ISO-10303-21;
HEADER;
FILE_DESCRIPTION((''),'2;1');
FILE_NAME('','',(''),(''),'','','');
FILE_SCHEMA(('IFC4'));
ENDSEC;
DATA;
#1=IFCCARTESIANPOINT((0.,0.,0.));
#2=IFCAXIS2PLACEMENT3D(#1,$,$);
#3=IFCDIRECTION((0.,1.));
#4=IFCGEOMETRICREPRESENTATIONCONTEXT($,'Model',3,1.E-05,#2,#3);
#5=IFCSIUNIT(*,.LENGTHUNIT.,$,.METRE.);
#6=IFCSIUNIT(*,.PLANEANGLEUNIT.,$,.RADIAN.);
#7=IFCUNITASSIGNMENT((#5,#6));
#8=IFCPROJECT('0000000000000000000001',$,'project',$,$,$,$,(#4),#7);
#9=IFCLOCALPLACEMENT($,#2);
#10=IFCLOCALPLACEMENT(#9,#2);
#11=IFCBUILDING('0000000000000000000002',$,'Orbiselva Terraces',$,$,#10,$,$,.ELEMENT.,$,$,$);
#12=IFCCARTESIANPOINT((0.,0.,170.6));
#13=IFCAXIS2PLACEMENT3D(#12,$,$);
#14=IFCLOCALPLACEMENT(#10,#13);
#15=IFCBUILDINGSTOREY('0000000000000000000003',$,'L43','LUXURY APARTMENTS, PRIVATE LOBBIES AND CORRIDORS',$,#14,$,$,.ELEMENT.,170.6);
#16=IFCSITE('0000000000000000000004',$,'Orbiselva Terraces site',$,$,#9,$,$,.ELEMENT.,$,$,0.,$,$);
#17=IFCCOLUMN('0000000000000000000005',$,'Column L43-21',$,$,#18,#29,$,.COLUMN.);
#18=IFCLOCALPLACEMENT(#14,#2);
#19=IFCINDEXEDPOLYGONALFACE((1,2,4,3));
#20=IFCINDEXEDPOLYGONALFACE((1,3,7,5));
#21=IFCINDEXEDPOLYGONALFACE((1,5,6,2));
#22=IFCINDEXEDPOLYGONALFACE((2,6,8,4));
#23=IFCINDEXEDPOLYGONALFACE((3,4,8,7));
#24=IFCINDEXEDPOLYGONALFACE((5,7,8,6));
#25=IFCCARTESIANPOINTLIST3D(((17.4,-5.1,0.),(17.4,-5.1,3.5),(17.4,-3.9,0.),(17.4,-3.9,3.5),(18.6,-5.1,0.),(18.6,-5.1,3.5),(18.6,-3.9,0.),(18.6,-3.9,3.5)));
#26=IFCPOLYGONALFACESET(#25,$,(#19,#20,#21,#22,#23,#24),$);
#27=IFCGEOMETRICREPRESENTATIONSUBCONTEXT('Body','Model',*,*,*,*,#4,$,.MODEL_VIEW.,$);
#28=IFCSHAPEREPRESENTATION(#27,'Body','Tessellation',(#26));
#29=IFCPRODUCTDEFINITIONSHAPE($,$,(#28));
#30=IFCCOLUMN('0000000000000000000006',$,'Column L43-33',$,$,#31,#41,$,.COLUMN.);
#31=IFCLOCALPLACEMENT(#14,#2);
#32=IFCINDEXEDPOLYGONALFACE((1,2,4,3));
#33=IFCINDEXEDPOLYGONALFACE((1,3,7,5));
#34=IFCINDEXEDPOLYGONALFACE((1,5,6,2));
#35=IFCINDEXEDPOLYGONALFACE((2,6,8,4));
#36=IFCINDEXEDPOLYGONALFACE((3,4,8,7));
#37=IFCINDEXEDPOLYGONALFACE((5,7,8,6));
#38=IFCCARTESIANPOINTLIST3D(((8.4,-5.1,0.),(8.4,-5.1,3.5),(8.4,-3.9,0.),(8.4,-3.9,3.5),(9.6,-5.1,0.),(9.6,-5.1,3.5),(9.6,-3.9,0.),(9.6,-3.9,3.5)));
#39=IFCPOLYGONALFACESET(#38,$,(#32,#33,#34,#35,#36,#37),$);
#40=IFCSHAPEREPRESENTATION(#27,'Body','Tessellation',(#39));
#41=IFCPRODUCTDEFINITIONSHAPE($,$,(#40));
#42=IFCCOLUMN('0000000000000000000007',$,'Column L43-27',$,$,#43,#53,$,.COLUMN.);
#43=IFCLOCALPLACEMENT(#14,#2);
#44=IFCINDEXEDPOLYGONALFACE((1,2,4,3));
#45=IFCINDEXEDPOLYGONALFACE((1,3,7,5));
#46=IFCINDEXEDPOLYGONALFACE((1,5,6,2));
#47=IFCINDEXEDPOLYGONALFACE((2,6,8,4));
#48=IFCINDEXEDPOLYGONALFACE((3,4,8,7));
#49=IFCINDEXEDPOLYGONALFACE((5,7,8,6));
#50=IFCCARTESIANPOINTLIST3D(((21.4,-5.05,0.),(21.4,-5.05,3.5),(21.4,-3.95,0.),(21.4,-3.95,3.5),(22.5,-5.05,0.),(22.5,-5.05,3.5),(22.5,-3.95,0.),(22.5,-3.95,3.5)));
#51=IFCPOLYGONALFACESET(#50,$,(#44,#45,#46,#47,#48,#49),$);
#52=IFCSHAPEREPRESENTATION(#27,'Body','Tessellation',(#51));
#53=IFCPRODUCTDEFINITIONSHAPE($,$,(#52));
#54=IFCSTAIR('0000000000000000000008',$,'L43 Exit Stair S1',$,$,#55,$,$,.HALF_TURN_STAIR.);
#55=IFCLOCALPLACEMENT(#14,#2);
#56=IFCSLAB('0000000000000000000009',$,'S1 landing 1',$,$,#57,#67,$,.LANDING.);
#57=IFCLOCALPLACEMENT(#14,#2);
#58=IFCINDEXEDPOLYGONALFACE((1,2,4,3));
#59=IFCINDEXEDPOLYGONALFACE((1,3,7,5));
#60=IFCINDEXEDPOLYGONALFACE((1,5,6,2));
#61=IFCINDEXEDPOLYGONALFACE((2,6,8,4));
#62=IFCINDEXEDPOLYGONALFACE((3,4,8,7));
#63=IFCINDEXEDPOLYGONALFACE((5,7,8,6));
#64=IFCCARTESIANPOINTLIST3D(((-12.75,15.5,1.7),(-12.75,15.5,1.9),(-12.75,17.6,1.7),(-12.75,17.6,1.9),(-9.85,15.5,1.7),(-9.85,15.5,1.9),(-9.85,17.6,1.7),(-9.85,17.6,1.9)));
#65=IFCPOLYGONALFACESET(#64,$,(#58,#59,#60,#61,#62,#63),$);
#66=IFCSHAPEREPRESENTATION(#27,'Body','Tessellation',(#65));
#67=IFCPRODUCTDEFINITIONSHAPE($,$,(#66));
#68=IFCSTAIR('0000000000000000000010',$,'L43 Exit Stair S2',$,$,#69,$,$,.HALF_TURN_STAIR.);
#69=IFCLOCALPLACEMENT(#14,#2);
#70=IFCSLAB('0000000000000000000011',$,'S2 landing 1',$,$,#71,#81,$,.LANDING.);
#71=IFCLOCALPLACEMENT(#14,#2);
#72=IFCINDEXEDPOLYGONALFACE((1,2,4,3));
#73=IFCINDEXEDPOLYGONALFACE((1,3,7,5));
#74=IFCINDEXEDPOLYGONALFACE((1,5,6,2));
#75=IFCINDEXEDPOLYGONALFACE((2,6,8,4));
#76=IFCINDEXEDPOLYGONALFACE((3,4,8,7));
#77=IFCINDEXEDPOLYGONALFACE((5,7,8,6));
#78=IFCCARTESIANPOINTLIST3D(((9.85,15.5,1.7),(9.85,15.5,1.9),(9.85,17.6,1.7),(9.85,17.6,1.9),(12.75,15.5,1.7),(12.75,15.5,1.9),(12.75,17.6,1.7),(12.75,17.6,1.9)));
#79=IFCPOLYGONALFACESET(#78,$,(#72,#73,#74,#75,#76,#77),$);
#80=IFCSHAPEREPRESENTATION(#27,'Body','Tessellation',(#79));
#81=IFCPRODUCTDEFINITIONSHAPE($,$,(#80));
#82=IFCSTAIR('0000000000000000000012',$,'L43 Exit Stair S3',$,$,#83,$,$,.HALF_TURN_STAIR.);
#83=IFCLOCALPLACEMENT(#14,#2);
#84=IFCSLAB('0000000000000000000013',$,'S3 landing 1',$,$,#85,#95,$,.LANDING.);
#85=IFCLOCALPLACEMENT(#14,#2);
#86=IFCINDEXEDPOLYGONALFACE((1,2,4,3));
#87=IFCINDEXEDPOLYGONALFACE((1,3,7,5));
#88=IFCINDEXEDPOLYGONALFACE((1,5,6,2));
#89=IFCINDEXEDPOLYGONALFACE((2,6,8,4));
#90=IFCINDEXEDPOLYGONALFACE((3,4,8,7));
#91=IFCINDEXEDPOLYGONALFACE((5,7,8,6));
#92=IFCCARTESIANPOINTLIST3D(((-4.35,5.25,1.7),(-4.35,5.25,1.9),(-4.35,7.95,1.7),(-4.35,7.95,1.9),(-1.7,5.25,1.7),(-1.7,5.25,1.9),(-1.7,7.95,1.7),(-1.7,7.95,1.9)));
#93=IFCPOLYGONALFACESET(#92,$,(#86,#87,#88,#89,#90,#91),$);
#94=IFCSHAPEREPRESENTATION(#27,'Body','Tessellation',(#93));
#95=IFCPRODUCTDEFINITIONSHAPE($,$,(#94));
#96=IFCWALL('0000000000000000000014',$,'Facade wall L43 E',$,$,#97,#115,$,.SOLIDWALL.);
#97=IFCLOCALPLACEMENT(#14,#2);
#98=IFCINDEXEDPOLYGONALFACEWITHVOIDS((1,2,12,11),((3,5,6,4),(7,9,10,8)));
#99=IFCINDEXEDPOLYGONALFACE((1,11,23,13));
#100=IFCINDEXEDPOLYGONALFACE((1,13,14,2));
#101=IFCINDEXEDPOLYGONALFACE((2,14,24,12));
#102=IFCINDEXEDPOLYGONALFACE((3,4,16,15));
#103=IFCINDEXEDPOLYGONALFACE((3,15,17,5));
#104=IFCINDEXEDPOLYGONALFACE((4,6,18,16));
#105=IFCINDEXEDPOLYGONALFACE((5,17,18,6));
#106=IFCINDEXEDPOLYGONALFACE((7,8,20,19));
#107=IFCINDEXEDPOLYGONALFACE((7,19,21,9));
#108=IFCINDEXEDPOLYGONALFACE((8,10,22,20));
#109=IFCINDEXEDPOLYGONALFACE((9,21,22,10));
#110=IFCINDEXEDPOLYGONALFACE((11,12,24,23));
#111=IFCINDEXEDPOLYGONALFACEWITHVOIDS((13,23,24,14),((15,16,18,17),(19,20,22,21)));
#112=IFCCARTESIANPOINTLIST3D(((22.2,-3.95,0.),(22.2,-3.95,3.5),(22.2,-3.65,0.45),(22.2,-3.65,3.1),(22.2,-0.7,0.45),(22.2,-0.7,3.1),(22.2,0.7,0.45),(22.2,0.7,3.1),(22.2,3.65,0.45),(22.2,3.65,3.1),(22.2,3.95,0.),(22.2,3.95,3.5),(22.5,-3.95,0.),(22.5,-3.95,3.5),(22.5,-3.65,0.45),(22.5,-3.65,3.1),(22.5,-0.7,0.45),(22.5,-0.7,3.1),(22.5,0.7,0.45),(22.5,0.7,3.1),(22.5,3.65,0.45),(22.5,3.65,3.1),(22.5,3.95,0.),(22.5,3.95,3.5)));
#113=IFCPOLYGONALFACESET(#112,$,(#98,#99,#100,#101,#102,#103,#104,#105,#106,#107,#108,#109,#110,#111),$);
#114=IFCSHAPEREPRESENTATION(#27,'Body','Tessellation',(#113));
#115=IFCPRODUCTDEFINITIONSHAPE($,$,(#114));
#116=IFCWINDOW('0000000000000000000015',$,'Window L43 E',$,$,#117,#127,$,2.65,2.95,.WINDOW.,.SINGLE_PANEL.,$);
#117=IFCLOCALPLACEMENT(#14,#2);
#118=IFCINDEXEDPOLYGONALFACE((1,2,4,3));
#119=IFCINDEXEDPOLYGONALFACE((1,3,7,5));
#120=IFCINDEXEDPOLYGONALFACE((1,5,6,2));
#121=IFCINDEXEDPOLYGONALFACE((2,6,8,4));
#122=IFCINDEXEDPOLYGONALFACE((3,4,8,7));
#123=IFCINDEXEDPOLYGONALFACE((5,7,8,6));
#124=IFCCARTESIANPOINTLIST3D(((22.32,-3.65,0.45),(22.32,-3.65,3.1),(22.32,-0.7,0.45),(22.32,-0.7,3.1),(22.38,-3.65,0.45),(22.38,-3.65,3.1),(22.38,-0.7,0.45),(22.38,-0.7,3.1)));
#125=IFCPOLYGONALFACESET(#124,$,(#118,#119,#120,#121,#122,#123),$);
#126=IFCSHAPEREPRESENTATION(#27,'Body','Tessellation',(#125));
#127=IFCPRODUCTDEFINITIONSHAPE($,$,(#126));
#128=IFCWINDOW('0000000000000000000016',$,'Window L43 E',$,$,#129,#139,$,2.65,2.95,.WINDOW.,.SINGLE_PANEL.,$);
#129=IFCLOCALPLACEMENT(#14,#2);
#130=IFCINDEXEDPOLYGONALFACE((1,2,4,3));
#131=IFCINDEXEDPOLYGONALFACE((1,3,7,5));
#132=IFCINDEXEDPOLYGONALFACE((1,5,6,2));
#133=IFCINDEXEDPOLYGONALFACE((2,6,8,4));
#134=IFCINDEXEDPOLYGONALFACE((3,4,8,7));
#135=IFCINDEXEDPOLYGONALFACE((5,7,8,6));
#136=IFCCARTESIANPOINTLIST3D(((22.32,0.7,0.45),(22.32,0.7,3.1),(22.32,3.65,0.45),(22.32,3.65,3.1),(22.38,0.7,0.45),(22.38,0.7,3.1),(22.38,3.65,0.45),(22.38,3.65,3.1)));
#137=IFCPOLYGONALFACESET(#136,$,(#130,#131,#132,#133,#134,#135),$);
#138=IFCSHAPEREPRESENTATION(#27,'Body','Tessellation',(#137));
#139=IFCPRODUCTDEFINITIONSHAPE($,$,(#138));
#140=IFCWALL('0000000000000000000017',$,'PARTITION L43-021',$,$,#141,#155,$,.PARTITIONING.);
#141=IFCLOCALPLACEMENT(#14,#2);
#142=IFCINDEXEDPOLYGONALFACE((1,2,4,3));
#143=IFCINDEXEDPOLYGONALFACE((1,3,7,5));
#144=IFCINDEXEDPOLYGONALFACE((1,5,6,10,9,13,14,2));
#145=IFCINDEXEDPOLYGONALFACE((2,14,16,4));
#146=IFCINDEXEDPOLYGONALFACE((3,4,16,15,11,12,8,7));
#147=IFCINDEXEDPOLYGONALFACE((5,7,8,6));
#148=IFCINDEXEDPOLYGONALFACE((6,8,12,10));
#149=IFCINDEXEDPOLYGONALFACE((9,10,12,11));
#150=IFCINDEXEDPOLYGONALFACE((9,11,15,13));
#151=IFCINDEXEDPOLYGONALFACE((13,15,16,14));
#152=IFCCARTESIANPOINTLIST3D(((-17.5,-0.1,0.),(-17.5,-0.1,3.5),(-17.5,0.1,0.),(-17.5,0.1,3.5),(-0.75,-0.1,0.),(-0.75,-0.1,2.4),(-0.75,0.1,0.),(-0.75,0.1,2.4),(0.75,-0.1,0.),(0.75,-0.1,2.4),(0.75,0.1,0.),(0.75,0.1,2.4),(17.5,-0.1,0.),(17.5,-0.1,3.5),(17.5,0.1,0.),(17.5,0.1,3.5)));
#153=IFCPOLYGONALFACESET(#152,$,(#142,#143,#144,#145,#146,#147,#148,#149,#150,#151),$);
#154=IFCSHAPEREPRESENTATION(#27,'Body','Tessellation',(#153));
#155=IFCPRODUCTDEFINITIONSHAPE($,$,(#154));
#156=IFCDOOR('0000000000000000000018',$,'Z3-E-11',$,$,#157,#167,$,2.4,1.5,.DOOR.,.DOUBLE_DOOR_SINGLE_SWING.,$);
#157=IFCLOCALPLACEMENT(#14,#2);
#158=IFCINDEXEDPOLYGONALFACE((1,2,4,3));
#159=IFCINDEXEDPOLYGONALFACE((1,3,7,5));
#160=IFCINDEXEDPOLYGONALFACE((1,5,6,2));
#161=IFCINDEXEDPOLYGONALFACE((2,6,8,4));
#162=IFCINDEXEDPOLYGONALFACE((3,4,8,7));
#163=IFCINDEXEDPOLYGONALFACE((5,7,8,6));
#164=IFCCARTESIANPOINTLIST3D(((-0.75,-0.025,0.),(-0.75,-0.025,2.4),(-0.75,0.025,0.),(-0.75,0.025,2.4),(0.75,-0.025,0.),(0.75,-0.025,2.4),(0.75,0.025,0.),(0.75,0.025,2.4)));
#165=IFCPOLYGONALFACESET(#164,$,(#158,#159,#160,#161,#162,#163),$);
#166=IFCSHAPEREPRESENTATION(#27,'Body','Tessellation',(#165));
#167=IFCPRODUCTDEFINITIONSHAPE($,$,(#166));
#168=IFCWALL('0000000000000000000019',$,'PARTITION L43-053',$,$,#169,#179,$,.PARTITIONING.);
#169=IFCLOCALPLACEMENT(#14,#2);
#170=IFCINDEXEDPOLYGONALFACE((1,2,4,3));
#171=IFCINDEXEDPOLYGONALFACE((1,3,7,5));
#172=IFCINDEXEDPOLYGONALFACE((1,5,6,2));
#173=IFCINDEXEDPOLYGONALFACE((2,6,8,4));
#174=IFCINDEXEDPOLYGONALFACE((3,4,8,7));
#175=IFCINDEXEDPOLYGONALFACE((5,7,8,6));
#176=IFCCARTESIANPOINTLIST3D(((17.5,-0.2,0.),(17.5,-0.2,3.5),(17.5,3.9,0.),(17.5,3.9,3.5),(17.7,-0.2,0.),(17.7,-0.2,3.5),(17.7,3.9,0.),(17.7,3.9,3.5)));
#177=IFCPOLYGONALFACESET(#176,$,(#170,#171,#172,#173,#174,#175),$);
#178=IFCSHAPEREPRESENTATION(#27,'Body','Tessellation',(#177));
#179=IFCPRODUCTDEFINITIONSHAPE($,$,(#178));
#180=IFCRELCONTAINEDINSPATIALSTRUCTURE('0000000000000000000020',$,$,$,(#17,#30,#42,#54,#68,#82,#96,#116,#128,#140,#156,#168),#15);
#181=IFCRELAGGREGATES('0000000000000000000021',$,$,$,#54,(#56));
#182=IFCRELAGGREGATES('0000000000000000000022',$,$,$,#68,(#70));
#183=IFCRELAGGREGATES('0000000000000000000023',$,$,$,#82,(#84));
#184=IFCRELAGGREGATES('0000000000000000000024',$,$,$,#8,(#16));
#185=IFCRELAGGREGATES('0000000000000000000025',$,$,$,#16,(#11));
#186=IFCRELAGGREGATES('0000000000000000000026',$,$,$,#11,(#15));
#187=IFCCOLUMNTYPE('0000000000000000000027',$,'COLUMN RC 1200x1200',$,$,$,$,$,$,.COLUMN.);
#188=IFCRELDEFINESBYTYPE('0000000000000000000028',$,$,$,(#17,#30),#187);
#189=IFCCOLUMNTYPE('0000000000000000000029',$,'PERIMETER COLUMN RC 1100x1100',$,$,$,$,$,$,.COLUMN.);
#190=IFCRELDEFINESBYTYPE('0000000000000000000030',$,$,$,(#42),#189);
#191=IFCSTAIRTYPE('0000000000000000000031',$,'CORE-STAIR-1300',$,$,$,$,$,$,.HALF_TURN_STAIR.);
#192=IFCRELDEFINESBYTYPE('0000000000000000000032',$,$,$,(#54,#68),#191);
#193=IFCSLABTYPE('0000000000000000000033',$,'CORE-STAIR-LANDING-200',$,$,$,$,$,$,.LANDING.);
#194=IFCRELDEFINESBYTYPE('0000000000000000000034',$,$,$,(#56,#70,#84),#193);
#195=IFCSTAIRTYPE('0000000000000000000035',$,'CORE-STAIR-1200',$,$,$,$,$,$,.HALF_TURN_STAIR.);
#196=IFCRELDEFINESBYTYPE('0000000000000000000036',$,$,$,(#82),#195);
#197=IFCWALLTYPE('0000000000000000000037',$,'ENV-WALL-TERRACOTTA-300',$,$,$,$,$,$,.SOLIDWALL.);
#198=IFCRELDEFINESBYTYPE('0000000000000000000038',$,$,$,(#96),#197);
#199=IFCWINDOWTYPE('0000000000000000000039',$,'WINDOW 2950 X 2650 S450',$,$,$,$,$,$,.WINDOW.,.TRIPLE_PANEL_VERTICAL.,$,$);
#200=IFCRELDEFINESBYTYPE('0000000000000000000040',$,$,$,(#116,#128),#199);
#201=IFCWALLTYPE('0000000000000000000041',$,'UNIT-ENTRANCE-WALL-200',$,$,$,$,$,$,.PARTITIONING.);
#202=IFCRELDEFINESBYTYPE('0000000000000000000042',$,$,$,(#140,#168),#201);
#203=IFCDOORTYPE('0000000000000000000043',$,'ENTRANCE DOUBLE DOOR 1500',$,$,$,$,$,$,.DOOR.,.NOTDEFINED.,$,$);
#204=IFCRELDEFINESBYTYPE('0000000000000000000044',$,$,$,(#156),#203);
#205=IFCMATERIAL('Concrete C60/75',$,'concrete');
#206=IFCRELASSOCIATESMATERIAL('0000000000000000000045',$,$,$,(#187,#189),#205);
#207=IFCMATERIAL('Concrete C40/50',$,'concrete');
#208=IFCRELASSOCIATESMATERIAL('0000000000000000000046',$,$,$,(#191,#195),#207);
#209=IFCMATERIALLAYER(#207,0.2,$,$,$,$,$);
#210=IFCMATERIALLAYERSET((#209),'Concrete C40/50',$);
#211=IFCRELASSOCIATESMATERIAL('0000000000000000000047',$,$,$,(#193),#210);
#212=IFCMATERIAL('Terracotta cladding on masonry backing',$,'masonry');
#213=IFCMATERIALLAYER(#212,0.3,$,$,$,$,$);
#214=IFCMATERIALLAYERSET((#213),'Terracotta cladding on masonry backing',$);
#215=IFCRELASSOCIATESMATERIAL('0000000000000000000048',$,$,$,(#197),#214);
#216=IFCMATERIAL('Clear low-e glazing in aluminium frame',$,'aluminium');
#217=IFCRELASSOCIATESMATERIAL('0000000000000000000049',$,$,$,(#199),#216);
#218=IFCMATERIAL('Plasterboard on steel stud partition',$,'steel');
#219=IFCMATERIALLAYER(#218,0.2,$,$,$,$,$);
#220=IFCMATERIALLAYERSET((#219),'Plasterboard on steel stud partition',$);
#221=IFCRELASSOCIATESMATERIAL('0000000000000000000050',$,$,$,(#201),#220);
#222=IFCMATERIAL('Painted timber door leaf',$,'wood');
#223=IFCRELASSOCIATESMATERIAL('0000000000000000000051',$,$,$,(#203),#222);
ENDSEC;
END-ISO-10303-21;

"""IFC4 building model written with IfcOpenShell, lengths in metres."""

from ifc_helpers import new_model, si_unit, direction, frame, frame_2d, origin, origin_2d, place, context, subcontext, project, spatial, polyline, rectangle, outline, extrude, material, layer, layer_set, material_profile, profile_set, type_object, element, fill, aggregate, save


model = new_model("IFC4")

# Units and contexts
model_context = context("Model", 3, precision=1e-05, world=origin(), true_north=direction((0.0, 1.0)))
body_context = subcontext(model_context, "Body", "Model", "MODEL_VIEW")
ifc_project = project(units=[si_unit("LENGTHUNIT", "METRE"), si_unit("PLANEANGLEUNIT", "RADIAN")], contexts=[model_context])

# Site, building, storey
site_placement = place(None, origin())
site = spatial("IfcSite", under=ifc_project, at=site_placement, Name="Orbiselva Terraces site", CompositionType="ELEMENT", RefElevation=0.0)
building_placement = place(site_placement, origin())
building = spatial("IfcBuilding", under=site, at=building_placement, Name="Orbiselva Terraces", CompositionType="ELEMENT")
storey_placement = place(building_placement, frame((0.0, 0.0, 170.6)))
storey = spatial("IfcBuildingStorey", under=building, at=storey_placement, Name="L43", Description="LUXURY APARTMENTS, PRIVATE LOBBIES AND CORRIDORS", CompositionType="ELEMENT", Elevation=170.6)

# Columns
ifc_material_1 = material(Name="Concrete C60/75", Category="concrete")
ifc_material_profile_1 = material_profile(ifc_material_1, rectangle(XDim=1.2, YDim=1.2, at=origin_2d()), Name="RC 1200x1200")
ifc_profile_set_1 = profile_set([ifc_material_profile_1], Name="Concrete C60/75")
column_type_1 = type_object("IfcColumnType", Name="COLUMN RC 1200x1200", PredefinedType="COLUMN", material=ifc_profile_set_1)
for number, where, z_axis, x_axis, name in (
    (1, (18.0, -4.5, 0.0), (0.0, 0.0, 1.0), (1.0, 0.0, 0.0), "Column L43-21"),
    (2, (9.0, -4.5, 0.0), (0.0, 0.0, 1.0), (1.0, 0.0, 0.0), "Column L43-33"),
):
    element("IfcColumn", number, at=place(storey_placement, frame(where, z_axis=z_axis, x_axis=x_axis)), inside=storey, type_object=column_type_1, Name=name, PredefinedType="COLUMN", context=body_context, shape_type="SweptSolid", body=[
        extrude(rectangle(XDim=1.2, YDim=1.2, at=origin_2d()), origin(), (0.0, 0.0, 1.0), 3.5),
    ])
ifc_material_profile_2 = material_profile(ifc_material_1, rectangle(XDim=1.1, YDim=1.1, at=origin_2d()), Name="RC 1100x1100")
ifc_profile_set_2 = profile_set([ifc_material_profile_2], Name="Concrete C60/75")
column_type_2 = type_object("IfcColumnType", Name="PERIMETER COLUMN RC 1100x1100", PredefinedType="COLUMN", material=ifc_profile_set_2)
column_placement = place(storey_placement, frame((21.95, -4.5, 0.0), z_axis=(0.0, 0.0, 1.0), x_axis=(1.0, 0.0, 0.0)))
element("IfcColumn", 3, at=column_placement, inside=storey, type_object=column_type_2, Name="Column L43-27", PredefinedType="COLUMN", context=body_context, shape_type="SweptSolid", body=[
    extrude(rectangle(XDim=1.1, YDim=1.1, at=origin_2d()), origin(), (0.0, 0.0, 1.0), 3.5),
])

# Stairs, slabs
ifc_material_2 = material(Name="Concrete C40/50", Category="concrete")
stair_type_1 = type_object("IfcStairType", Name="CORE-STAIR-1300", PredefinedType="HALF_TURN_STAIR", material=ifc_material_2)
stair_1_placement = place(storey_placement, origin())
stair_1 = element("IfcStair", 4, at=stair_1_placement, inside=storey, type_object=stair_type_1, Name="L43 Exit Stair S1", PredefinedType="HALF_TURN_STAIR")
ifc_layer_1 = layer(ifc_material_2, 0.2)
ifc_layer_set_1 = layer_set([ifc_layer_1], Name="Concrete C40/50")
slab_type = type_object("IfcSlabType", Name="CORE-STAIR-LANDING-200", PredefinedType="LANDING", material=ifc_layer_set_1)
slab_1_placement = place(storey_placement, frame((0.0, 0.0, 1.7)))
slab_1 = element("IfcSlab", 5, at=slab_1_placement, type_object=slab_type, Name="S1 landing 1", PredefinedType="LANDING", context=body_context, shape_type="SweptSolid", body=[
    extrude(outline(polyline([(-9.85, 15.5), (-9.85, 17.6), (-12.75, 17.6), (-12.75, 15.5), (-9.85, 15.5)])), origin(), (0.0, 0.0, 1.0), 0.2),
])
aggregate(stair_1, [slab_1])
stair_2_placement = place(storey_placement, origin())
stair_2 = element("IfcStair", 6, at=stair_2_placement, inside=storey, type_object=stair_type_1, Name="L43 Exit Stair S2", PredefinedType="HALF_TURN_STAIR")
slab_2_placement = place(storey_placement, frame((0.0, 0.0, 1.7)))
slab_2 = element("IfcSlab", 7, at=slab_2_placement, type_object=slab_type, Name="S2 landing 1", PredefinedType="LANDING", context=body_context, shape_type="SweptSolid", body=[
    extrude(outline(polyline([(12.75, 15.5), (12.75, 17.6), (9.85, 17.6), (9.85, 15.5), (12.75, 15.5)])), origin(), (0.0, 0.0, 1.0), 0.2),
])
aggregate(stair_2, [slab_2])
stair_type_2 = type_object("IfcStairType", Name="CORE-STAIR-1200", PredefinedType="HALF_TURN_STAIR", material=ifc_material_2)
stair_3_placement = place(storey_placement, origin())
stair_3 = element("IfcStair", 8, at=stair_3_placement, inside=storey, type_object=stair_type_2, Name="L43 Exit Stair S3", PredefinedType="HALF_TURN_STAIR")
slab_3_placement = place(storey_placement, frame((0.0, 0.0, 1.7)))
slab_3 = element("IfcSlab", 9, at=slab_3_placement, type_object=slab_type, Name="S3 landing 1", PredefinedType="LANDING", context=body_context, shape_type="SweptSolid", body=[
    extrude(outline(polyline([(-4.35, 5.25), (-1.7, 5.25), (-1.7, 7.95), (-4.35, 7.95), (-4.35, 5.25)])), origin(), (0.0, 0.0, 1.0), 0.2),
])
aggregate(stair_3, [slab_3])

# Wall, openings, windows
ifc_material_3 = material(Name="Terracotta cladding on masonry backing", Category="masonry")
ifc_layer_2 = layer(ifc_material_3, 0.3)
ifc_layer_set_2 = layer_set([ifc_layer_2], Name="Terracotta cladding on masonry backing")
wall_type_1 = type_object("IfcWallType", Name="ENV-WALL-TERRACOTTA-300", PredefinedType="SOLIDWALL", material=ifc_layer_set_2)
wall_1_placement = place(storey_placement, frame((22.35, 3.95, 0.0), z_axis=(0.0, 0.0, 1.0), x_axis=(0.0, -1.0, 0.0)))
wall_1 = element("IfcWall", 10, at=wall_1_placement, inside=storey, type_object=wall_type_1, Name="Facade wall L43 E", PredefinedType="SOLIDWALL", context=body_context, shape_type="SweptSolid", body=[
    extrude(rectangle(XDim=7.9, YDim=0.3, at=frame_2d((3.95, 0.0))), origin(), (0.0, 0.0, 1.0), 3.5),
])
opening_1_placement = place(wall_1_placement, frame((4.65, 0.0, 0.45)))
opening_1 = element("IfcOpeningElement", 11, at=opening_1_placement, cuts=wall_1, PredefinedType="OPENING", context=body_context, shape_type="SweptSolid", body=[
    extrude(rectangle(XDim=2.95, YDim=2.65, at=frame_2d((1.475, 1.325))), frame((0.0, 0.16, 0.0), z_axis=(0.0, -1.0, 0.0), x_axis=(1.0, 0.0, 0.0)), (0.0, 0.0, 1.0), 0.32),
])
opening_2_placement = place(wall_1_placement, frame((0.3, 0.0, 0.45)))
opening_2 = element("IfcOpeningElement", 12, at=opening_2_placement, cuts=wall_1, PredefinedType="OPENING", context=body_context, shape_type="SweptSolid", body=[
    extrude(rectangle(XDim=2.95, YDim=2.65, at=frame_2d((1.475, 1.325))), frame((0.0, 0.16, 0.0), z_axis=(0.0, -1.0, 0.0), x_axis=(1.0, 0.0, 0.0)), (0.0, 0.0, 1.0), 0.32),
])
ifc_material_4 = material(Name="Clear low-e glazing in aluminium frame", Category="aluminium")
window_type = type_object("IfcWindowType", Name="WINDOW 2950 X 2650 S450", PartitioningType="TRIPLE_PANEL_VERTICAL", PredefinedType="WINDOW", material=ifc_material_4)
window_1_placement = place(opening_1_placement, origin())
window_1 = element("IfcWindow", 13, at=window_1_placement, inside=storey, type_object=window_type, Name="Window L43 E", OverallHeight=2.65, OverallWidth=2.95, PartitioningType="SINGLE_PANEL", PredefinedType="WINDOW", context=body_context, shape_type="SweptSolid", body=[
    extrude(rectangle(XDim=2.95, YDim=2.65, at=frame_2d((1.475, 1.325))), frame((0.0, 0.03, 0.0), z_axis=(0.0, -1.0, 0.0), x_axis=(1.0, 0.0, 0.0)), (0.0, 0.0, 1.0), 0.06),
])
fill(opening_1, window_1)
window_2_placement = place(opening_2_placement, origin())
window_2 = element("IfcWindow", 14, at=window_2_placement, inside=storey, type_object=window_type, Name="Window L43 E", OverallHeight=2.65, OverallWidth=2.95, PartitioningType="SINGLE_PANEL", PredefinedType="WINDOW", context=body_context, shape_type="SweptSolid", body=[
    extrude(rectangle(XDim=2.95, YDim=2.65, at=frame_2d((1.475, 1.325))), frame((0.0, 0.03, 0.0), z_axis=(0.0, -1.0, 0.0), x_axis=(1.0, 0.0, 0.0)), (0.0, 0.0, 1.0), 0.06),
])
fill(opening_2, window_2)

# Wall, opening, door
ifc_material_5 = material(Name="Plasterboard on steel stud partition", Category="steel")
ifc_layer_3 = layer(ifc_material_5, 0.2)
ifc_layer_set_3 = layer_set([ifc_layer_3], Name="Plasterboard on steel stud partition")
wall_type_2 = type_object("IfcWallType", Name="UNIT-ENTRANCE-WALL-200", PredefinedType="PARTITIONING", material=ifc_layer_set_3)
wall_2_placement = place(storey_placement, frame((17.5, 0.0, 0.0), z_axis=(0.0, 0.0, 1.0), x_axis=(-1.0, 0.0, 0.0)))
wall_2 = element("IfcWall", 15, at=wall_2_placement, inside=storey, type_object=wall_type_2, Name="PARTITION L43-021", PredefinedType="PARTITIONING", context=body_context, shape_type="SweptSolid", body=[
    extrude(rectangle(XDim=35.0, YDim=0.2, at=frame_2d((17.5, 0.0))), origin(), (0.0, 0.0, 1.0), 3.5),
])
opening_3_placement = place(wall_2_placement, frame((16.75, 0.0, 0.0)))
opening_3 = element("IfcOpeningElement", 16, at=opening_3_placement, cuts=wall_2, PredefinedType="OPENING", context=body_context, shape_type="SweptSolid", body=[
    extrude(rectangle(XDim=1.5, YDim=2.4, at=frame_2d((0.75, 1.2))), frame((0.0, 0.11, 0.0), z_axis=(0.0, -1.0, 0.0), x_axis=(1.0, 0.0, 0.0)), (0.0, 0.0, 1.0), 0.22),
])
ifc_material_6 = material(Name="Painted timber door leaf", Category="wood")
door_type_1 = type_object("IfcDoorType", Name="ENTRANCE DOUBLE DOOR 1500", OperationType="NOTDEFINED", PredefinedType="DOOR", material=ifc_material_6)
door_1_placement = place(opening_3_placement, origin())
door_1 = element("IfcDoor", 17, at=door_1_placement, inside=storey, type_object=door_type_1, Name="Z3-E-11", OperationType="DOUBLE_DOOR_SINGLE_SWING", OverallHeight=2.4, OverallWidth=1.5, PredefinedType="DOOR", context=body_context, shape_type="SweptSolid", body=[
    extrude(rectangle(XDim=1.5, YDim=2.4, at=frame_2d((0.75, 1.2))), frame((0.0, 0.025, 0.0), z_axis=(0.0, -1.0, 0.0), x_axis=(1.0, 0.0, 0.0)), (0.0, 0.0, 1.0), 0.05),
])
fill(opening_3, door_1)

# Wall
wall_3_placement = place(storey_placement, frame((17.6, -0.2, 0.0), z_axis=(0.0, 0.0, 1.0), x_axis=(0.0, 1.0, 0.0)))
element("IfcWall", 18, at=wall_3_placement, inside=storey, type_object=wall_type_2, Name="PARTITION L43-053", PredefinedType="PARTITIONING", context=body_context, shape_type="SweptSolid", body=[
    extrude(rectangle(XDim=4.1, YDim=0.2, at=frame_2d((2.05, 0.0))), origin(), (0.0, 0.0, 1.0), 3.5),
])

save(model, "model.ifc")
